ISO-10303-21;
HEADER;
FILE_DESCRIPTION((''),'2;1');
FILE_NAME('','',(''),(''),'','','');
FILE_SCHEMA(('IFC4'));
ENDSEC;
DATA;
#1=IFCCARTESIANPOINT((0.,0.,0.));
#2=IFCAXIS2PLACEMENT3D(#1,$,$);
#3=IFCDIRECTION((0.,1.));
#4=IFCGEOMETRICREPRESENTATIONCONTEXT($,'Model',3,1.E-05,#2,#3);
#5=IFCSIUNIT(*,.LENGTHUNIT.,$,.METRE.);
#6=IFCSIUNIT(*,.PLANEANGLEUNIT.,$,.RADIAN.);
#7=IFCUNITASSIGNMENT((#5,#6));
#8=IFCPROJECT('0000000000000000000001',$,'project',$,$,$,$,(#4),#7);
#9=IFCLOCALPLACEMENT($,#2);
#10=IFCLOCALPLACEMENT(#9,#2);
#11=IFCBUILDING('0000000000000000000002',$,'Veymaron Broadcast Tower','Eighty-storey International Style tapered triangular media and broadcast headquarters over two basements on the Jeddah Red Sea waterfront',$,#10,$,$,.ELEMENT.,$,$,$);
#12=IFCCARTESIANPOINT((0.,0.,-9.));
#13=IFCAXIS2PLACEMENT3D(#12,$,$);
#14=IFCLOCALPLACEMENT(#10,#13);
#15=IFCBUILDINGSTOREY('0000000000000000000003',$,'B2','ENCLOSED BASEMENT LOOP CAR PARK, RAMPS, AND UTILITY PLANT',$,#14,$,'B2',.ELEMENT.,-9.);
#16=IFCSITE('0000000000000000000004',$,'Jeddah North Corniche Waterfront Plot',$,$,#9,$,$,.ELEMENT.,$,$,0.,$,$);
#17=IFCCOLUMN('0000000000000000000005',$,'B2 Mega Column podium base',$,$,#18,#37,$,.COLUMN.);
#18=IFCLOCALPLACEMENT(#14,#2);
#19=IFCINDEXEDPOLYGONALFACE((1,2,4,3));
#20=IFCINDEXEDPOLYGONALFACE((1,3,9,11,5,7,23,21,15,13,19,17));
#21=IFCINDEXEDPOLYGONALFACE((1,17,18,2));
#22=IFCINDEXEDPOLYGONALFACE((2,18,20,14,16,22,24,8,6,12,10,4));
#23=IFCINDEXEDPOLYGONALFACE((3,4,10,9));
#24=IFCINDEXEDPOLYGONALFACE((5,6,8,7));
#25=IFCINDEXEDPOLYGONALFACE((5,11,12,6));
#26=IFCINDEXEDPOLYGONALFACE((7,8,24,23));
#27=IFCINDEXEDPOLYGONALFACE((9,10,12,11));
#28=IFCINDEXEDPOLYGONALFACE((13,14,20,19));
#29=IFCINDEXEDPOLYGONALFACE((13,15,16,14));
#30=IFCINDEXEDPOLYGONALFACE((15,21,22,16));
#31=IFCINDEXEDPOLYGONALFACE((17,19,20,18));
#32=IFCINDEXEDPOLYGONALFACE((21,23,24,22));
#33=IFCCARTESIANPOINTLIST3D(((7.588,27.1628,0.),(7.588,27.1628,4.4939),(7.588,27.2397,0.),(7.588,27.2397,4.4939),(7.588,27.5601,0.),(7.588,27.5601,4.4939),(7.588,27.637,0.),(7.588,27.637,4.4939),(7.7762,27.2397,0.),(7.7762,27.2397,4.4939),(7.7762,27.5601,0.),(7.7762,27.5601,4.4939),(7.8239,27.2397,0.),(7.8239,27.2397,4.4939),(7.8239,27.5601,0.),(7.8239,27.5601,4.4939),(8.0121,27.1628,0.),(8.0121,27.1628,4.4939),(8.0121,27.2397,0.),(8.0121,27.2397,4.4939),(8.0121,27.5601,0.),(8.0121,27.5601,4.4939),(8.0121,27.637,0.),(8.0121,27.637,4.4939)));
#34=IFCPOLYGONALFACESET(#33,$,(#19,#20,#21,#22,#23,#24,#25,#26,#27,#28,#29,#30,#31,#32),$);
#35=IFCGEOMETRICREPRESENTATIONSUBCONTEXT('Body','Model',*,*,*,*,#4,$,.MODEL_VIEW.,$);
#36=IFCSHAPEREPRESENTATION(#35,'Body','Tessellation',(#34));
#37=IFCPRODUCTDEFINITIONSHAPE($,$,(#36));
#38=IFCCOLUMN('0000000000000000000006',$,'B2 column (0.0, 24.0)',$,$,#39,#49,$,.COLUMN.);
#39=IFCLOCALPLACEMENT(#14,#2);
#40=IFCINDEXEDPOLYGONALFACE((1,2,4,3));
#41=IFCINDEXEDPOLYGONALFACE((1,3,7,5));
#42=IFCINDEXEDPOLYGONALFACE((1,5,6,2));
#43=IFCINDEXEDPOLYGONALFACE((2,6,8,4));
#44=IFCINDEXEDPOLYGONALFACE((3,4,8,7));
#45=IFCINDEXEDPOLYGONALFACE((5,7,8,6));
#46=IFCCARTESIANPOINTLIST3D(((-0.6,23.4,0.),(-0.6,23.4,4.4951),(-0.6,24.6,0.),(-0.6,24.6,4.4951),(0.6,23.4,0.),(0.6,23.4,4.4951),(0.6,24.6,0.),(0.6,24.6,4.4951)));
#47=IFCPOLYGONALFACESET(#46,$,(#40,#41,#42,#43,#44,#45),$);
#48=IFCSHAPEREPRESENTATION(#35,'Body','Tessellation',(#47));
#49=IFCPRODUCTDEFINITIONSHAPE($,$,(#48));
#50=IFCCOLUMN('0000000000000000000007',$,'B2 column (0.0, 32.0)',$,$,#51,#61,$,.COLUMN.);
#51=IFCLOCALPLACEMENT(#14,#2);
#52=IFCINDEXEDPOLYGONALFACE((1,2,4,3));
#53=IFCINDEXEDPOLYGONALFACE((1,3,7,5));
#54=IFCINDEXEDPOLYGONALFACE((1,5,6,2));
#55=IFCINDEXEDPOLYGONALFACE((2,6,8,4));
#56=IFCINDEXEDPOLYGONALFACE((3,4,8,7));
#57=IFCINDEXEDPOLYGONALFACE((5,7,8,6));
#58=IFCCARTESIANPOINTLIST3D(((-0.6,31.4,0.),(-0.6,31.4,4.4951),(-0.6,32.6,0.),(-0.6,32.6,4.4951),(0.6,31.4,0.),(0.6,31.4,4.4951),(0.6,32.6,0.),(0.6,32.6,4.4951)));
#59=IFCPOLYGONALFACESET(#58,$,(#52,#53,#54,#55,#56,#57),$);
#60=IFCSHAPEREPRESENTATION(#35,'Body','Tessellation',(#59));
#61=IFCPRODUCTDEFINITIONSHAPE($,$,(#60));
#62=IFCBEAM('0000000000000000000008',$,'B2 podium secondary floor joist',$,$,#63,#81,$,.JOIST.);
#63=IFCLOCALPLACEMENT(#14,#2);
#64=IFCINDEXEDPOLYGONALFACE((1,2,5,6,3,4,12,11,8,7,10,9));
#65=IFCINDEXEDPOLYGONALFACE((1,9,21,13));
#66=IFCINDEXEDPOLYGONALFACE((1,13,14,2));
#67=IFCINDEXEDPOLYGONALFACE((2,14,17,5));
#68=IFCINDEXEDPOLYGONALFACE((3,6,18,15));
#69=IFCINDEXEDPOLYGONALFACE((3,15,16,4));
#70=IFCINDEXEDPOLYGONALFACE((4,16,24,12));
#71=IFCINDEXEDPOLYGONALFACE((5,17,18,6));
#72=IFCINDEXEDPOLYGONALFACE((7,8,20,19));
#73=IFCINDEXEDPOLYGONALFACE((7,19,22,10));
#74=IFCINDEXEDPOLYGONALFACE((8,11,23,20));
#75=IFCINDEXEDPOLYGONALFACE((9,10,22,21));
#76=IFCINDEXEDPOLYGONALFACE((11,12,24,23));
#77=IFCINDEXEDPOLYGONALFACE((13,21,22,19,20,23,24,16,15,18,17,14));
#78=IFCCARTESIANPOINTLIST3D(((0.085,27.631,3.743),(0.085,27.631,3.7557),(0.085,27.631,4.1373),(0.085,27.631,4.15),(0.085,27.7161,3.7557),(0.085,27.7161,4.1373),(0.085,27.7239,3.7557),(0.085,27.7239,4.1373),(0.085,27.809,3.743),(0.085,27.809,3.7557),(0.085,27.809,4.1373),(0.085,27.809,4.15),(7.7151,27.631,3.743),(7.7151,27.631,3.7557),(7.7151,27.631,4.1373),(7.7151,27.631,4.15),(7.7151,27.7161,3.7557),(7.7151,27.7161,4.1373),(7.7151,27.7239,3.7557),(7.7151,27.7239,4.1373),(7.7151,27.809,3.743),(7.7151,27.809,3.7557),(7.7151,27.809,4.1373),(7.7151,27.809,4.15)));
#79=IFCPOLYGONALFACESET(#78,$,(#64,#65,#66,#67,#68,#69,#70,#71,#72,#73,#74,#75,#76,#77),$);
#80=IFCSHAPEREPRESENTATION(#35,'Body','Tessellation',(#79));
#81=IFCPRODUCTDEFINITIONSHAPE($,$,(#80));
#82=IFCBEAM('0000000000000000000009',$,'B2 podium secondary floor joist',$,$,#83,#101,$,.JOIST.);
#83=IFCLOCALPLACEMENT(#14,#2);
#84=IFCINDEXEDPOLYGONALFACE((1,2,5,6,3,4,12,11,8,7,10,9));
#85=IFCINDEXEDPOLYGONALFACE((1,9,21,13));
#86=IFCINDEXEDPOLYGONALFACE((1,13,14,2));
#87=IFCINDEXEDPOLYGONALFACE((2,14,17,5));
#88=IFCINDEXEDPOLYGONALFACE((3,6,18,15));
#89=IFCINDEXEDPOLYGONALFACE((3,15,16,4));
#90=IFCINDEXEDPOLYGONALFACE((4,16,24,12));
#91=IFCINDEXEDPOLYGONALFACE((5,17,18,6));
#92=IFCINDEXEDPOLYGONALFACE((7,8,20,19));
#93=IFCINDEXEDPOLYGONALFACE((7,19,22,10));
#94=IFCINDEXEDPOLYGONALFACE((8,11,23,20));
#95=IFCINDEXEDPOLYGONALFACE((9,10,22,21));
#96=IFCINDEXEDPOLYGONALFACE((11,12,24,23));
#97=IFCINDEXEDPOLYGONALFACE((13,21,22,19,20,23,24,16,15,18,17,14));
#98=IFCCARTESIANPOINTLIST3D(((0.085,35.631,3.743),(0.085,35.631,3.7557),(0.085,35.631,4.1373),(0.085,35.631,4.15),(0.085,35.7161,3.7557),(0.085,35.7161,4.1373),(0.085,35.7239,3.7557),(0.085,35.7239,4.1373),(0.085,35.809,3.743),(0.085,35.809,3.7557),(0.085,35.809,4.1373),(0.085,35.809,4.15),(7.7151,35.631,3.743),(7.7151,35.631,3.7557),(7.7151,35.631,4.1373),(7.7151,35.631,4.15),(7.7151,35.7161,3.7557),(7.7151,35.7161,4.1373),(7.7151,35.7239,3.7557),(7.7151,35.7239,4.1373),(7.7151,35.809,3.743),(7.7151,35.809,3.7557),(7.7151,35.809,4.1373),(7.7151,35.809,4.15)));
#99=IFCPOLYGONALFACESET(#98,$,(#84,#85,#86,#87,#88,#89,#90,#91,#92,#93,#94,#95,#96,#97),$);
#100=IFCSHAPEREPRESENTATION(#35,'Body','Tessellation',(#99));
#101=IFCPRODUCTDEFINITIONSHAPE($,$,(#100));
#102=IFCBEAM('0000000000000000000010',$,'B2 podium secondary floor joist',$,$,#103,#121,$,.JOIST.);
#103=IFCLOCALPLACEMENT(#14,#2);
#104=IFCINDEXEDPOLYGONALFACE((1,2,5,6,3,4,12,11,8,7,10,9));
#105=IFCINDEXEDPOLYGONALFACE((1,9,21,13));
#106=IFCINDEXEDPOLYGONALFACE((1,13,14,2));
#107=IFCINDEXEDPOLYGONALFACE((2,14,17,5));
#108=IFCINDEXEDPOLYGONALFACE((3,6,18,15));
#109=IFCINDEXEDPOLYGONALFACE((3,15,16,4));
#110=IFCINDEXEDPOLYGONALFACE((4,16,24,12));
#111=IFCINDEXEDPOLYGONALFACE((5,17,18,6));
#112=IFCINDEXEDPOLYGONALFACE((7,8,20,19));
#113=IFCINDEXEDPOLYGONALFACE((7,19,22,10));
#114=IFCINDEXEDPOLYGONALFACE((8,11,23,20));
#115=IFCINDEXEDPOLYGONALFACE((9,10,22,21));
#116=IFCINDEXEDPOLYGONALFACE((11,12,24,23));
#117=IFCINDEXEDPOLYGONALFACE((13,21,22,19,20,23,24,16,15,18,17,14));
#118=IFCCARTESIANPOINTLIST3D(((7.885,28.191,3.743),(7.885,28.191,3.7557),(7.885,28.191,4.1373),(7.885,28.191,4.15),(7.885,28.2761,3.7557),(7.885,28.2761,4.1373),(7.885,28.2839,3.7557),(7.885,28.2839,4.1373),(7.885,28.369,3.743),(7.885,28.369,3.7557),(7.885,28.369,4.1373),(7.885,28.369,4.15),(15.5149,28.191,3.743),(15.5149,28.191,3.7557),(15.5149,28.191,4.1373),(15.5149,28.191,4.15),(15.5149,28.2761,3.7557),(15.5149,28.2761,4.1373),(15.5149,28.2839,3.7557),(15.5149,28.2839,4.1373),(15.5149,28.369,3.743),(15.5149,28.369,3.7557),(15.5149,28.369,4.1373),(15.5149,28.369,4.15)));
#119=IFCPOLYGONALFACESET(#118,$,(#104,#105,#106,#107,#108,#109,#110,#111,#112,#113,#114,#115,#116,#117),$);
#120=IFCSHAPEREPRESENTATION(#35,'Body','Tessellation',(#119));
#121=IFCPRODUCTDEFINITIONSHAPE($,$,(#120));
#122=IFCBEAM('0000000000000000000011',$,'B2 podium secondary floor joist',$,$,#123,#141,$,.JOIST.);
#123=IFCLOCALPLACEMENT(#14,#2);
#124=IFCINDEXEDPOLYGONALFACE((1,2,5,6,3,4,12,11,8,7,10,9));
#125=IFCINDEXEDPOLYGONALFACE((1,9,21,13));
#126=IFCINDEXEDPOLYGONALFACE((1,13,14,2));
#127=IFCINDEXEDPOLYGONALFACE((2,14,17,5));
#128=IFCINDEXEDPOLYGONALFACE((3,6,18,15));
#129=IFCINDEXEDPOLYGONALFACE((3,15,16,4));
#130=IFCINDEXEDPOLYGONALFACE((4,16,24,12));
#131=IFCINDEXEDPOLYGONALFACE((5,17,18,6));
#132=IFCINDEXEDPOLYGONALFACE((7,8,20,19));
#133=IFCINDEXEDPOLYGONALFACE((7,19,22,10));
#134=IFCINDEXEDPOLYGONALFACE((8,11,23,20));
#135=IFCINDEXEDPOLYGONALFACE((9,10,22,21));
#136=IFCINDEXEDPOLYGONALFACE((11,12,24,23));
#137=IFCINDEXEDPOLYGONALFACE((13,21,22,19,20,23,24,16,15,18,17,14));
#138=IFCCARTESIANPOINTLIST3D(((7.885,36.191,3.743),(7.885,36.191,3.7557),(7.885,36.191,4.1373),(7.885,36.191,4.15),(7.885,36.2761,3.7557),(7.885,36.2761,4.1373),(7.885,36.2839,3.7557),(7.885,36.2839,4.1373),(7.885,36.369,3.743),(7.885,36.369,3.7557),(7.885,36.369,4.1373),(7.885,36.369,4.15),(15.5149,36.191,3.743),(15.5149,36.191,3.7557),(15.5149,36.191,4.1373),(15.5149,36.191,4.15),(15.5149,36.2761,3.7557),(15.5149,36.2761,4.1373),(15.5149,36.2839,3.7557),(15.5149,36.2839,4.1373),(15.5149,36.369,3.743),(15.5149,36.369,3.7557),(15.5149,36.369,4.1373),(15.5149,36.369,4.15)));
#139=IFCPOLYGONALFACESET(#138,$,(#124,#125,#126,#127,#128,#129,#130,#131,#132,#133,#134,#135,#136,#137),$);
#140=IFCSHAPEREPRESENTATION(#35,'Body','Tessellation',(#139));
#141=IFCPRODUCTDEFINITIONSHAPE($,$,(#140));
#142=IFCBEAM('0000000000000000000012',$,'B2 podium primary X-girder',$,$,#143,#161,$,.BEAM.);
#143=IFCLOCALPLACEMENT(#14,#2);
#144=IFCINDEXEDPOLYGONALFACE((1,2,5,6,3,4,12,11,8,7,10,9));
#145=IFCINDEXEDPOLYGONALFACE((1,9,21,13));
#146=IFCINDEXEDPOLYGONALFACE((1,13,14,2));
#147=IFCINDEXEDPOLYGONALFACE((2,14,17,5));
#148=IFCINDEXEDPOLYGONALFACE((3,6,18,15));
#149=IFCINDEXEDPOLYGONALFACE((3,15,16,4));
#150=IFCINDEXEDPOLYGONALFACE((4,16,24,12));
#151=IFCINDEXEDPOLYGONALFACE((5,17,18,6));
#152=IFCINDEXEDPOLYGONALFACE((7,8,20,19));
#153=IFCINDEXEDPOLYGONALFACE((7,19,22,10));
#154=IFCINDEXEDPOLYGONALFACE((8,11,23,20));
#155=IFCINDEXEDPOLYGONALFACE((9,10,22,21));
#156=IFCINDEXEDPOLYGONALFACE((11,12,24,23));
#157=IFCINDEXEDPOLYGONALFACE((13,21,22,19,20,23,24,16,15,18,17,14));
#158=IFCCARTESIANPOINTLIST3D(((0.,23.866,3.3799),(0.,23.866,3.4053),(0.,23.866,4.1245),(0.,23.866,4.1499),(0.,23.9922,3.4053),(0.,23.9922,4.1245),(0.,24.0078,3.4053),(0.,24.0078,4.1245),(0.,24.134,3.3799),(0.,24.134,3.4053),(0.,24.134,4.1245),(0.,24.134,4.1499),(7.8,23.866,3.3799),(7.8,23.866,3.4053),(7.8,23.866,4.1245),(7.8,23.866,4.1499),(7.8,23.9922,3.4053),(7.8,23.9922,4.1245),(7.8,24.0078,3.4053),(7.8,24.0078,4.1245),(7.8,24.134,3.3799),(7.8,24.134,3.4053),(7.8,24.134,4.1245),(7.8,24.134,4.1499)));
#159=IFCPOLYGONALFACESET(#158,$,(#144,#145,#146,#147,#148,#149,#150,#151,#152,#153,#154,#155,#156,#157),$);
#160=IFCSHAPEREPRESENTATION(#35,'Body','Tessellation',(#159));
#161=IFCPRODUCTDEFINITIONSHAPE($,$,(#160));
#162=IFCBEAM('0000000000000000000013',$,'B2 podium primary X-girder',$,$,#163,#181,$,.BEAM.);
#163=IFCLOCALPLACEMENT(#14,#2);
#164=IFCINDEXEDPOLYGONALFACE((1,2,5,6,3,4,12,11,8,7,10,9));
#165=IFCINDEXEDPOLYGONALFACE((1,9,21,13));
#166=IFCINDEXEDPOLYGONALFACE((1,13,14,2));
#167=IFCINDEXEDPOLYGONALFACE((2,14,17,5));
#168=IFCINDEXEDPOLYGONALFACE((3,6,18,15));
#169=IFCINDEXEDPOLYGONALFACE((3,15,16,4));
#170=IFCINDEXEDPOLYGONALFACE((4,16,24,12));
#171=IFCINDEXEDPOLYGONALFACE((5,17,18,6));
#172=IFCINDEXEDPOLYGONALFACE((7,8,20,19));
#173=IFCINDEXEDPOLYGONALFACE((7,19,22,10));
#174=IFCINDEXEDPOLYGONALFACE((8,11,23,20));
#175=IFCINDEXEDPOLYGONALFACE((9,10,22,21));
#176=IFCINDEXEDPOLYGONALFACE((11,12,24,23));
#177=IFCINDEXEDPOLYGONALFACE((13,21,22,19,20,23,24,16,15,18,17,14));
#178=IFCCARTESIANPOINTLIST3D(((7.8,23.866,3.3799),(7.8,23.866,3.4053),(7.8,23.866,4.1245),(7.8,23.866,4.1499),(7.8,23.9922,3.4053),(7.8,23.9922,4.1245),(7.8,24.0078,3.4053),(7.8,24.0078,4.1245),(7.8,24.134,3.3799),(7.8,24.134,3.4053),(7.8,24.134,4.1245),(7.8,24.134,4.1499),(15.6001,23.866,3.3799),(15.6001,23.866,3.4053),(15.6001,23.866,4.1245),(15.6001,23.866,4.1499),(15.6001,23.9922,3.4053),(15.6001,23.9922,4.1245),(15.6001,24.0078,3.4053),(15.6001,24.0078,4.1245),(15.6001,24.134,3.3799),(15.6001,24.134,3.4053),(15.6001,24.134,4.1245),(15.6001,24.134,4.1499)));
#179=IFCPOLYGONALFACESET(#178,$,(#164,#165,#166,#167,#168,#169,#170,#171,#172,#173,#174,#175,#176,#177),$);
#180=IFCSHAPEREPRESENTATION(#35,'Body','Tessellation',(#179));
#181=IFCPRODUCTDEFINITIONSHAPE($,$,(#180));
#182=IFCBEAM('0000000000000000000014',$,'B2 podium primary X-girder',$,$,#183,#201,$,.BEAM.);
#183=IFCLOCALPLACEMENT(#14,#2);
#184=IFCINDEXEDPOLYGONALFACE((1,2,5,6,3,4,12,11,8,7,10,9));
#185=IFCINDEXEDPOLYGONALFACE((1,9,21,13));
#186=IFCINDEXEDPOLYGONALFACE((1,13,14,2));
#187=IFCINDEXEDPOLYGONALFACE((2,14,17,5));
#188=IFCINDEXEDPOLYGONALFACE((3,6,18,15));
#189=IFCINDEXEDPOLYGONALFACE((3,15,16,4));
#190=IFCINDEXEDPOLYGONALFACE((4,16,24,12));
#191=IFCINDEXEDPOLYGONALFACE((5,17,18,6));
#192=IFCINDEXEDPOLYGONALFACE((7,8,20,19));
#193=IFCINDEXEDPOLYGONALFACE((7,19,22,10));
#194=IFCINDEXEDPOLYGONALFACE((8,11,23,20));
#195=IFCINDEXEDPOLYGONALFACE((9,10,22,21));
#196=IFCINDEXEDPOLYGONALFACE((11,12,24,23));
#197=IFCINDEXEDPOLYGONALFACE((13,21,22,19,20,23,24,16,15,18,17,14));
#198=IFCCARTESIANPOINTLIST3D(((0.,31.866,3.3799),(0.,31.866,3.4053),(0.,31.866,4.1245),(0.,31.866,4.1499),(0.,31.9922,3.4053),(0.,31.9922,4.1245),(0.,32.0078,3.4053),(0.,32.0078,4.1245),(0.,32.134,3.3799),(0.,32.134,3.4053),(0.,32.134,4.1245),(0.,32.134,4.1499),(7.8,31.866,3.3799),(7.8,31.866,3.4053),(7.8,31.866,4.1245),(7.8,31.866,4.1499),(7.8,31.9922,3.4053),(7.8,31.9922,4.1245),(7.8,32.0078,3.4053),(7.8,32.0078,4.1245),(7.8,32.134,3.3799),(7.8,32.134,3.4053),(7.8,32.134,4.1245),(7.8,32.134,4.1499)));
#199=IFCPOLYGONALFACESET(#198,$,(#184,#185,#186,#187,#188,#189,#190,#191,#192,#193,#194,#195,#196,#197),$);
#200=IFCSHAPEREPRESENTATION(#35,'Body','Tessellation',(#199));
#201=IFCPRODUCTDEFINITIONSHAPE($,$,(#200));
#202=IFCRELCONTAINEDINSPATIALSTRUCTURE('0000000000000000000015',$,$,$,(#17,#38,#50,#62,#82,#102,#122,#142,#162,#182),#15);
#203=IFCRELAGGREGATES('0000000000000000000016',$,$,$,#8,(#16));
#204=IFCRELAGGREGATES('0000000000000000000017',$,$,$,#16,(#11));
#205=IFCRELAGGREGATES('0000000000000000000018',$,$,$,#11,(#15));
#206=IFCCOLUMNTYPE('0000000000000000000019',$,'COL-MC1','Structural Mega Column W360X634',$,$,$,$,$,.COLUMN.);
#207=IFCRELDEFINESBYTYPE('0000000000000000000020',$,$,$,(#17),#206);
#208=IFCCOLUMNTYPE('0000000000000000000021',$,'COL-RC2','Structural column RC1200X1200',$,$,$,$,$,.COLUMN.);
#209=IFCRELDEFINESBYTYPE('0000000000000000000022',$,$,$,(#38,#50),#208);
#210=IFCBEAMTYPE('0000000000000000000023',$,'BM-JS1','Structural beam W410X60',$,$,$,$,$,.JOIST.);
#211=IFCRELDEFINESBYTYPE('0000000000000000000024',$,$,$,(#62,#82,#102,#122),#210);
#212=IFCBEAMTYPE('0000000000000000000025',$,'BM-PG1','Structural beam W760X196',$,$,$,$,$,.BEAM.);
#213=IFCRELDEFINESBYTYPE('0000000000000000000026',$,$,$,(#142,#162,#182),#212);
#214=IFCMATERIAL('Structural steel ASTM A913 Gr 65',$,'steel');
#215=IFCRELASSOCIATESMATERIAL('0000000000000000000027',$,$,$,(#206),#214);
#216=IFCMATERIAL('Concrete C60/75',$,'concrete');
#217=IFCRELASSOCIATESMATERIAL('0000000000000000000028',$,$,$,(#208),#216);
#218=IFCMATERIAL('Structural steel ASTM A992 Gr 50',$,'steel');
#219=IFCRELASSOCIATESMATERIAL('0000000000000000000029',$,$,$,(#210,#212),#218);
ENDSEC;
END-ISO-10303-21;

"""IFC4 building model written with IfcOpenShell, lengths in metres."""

from ifc_helpers import new_model, si_unit, direction, frame, origin, origin_2d, place, context, subcontext, project, spatial, rectangle, i_section, extrude, material, material_profile, profile_set, type_object, element, save


model = new_model("IFC4")

# Units and contexts
model_context = context("Model", 3, precision=1e-05, world=origin(), true_north=direction((0.0, 1.0)))
body_context = subcontext(model_context, "Body", "Model", "MODEL_VIEW")
ifc_project = project(units=[si_unit("LENGTHUNIT", "METRE"), si_unit("PLANEANGLEUNIT", "RADIAN")], contexts=[model_context])

# Site, building, storey
site_placement = place(None, origin())
site = spatial("IfcSite", under=ifc_project, at=site_placement, Name="Jeddah North Corniche Waterfront Plot", CompositionType="ELEMENT", RefElevation=0.0)
building_placement = place(site_placement, origin())
building = spatial("IfcBuilding", under=site, at=building_placement, Name="Veymaron Broadcast Tower", Description="Eighty-storey International Style tapered triangular media and broadcast headquarters over two basements on the Jeddah Red Sea waterfront", CompositionType="ELEMENT")
storey_placement = place(building_placement, frame((0.0, 0.0, -9.0)))
storey = spatial("IfcBuildingStorey", under=building, at=storey_placement, Name="B2", Description="ENCLOSED BASEMENT LOOP CAR PARK, RAMPS, AND UTILITY PLANT", LongName="B2", CompositionType="ELEMENT", Elevation=-9.0)

# Columns
ifc_material_1 = material(Name="Structural steel ASTM A913 Gr 65", Category="steel")
ifc_material_profile_1 = material_profile(ifc_material_1, i_section(OverallWidth=0.4241, OverallDepth=0.4741, WebThickness=0.0476, FlangeThickness=0.0769, at=origin_2d()), Name="W360X634")
ifc_profile_set_1 = profile_set([ifc_material_profile_1], Name="Structural steel ASTM A913 Gr 65")
column_type_1 = type_object("IfcColumnType", Name="COL-MC1", Description="Structural Mega Column W360X634", PredefinedType="COLUMN", material=ifc_profile_set_1)
column_placement = place(storey_placement, frame((7.8, 27.3999, 0.0), z_axis=(0.0, 0.0, 1.0), x_axis=(1.0, 0.0, 0.0)))
element("IfcColumn", 1, at=column_placement, inside=storey, type_object=column_type_1, Name="B2 Mega Column podium base", PredefinedType="COLUMN", context=body_context, shape_type="SweptSolid", body=[
    extrude(i_section(OverallWidth=0.4241, OverallDepth=0.4741, WebThickness=0.0476, FlangeThickness=0.0769, at=origin_2d()), origin(), (0.0, 0.0, 1.0), 4.4939),
])
ifc_material_2 = material(Name="Concrete C60/75", Category="concrete")
ifc_material_profile_2 = material_profile(ifc_material_2, rectangle(XDim=1.2, YDim=1.2, at=origin_2d()), Name="RC1200X1200")
ifc_profile_set_2 = profile_set([ifc_material_profile_2], Name="Concrete C60/75")
column_type_2 = type_object("IfcColumnType", Name="COL-RC2", Description="Structural column RC1200X1200", PredefinedType="COLUMN", material=ifc_profile_set_2)
for number, where, z_axis, x_axis, name in (
    (2, (0.0, 24.0, 0.0), (0.0, 0.0, 1.0), (1.0, 0.0, 0.0), "B2 column (0.0, 24.0)"),
    (3, (0.0, 32.0, 0.0), (0.0, 0.0, 1.0), (1.0, 0.0, 0.0), "B2 column (0.0, 32.0)"),
):
    element("IfcColumn", number, at=place(storey_placement, frame(where, z_axis=z_axis, x_axis=x_axis)), inside=storey, type_object=column_type_2, Name=name, PredefinedType="COLUMN", context=body_context, shape_type="SweptSolid", body=[
        extrude(rectangle(XDim=1.2, YDim=1.2, at=origin_2d()), origin(), (0.0, 0.0, 1.0), 4.4951),
    ])

# Beams
ifc_material_3 = material(Name="Structural steel ASTM A992 Gr 50", Category="steel")
ifc_material_profile_3 = material_profile(ifc_material_3, i_section(OverallWidth=0.178, OverallDepth=0.407, WebThickness=0.0078, FlangeThickness=0.0127, at=origin_2d()), Name="W410X60")
ifc_profile_set_3 = profile_set([ifc_material_profile_3], Name="Structural steel ASTM A992 Gr 50")
beam_type_1 = type_object("IfcBeamType", Name="BM-JS1", Description="Structural beam W410X60", PredefinedType="JOIST", material=ifc_profile_set_3)
for number, where, z_axis, x_axis, name in (
    (4, (0.085, 27.72, 3.9465), (1.0, 0.0, 0.0), (0.0, 1.0, 0.0), "B2 podium secondary floor joist"),
    (5, (0.085, 35.72, 3.9465), (1.0, 0.0, 0.0), (0.0, 1.0, 0.0), "B2 podium secondary floor joist"),
):
    element("IfcBeam", number, at=place(storey_placement, frame(where, z_axis=z_axis, x_axis=x_axis)), inside=storey, type_object=beam_type_1, Name=name, PredefinedType="JOIST", context=body_context, shape_type="SweptSolid", body=[
        extrude(i_section(OverallWidth=0.178, OverallDepth=0.407, WebThickness=0.0078, FlangeThickness=0.0127, at=origin_2d()), origin(), (0.0, 0.0, 1.0), 7.6301),
    ])
for number, where, z_axis, x_axis, name in (
    (6, (7.885, 28.28, 3.9465), (1.0, 0.0, 0.0), (0.0, 1.0, 0.0), "B2 podium secondary floor joist"),
    (7, (7.885, 36.28, 3.9465), (1.0, 0.0, 0.0), (0.0, 1.0, 0.0), "B2 podium secondary floor joist"),
):
    element("IfcBeam", number, at=place(storey_placement, frame(where, z_axis=z_axis, x_axis=x_axis)), inside=storey, type_object=beam_type_1, Name=name, PredefinedType="JOIST", context=body_context, shape_type="SweptSolid", body=[
        extrude(i_section(OverallWidth=0.178, OverallDepth=0.407, WebThickness=0.0078, FlangeThickness=0.0127, at=origin_2d()), origin(), (0.0, 0.0, 1.0), 7.6299),
    ])
ifc_material_profile_4 = material_profile(ifc_material_3, i_section(OverallWidth=0.2681, OverallDepth=0.77, WebThickness=0.0156, FlangeThickness=0.0254, at=origin_2d()), Name="W760X196")
ifc_profile_set_4 = profile_set([ifc_material_profile_4], Name="Structural steel ASTM A992 Gr 50")
beam_type_2 = type_object("IfcBeamType", Name="BM-PG1", Description="Structural beam W760X196", PredefinedType="BEAM", material=ifc_profile_set_4)
for number, where, z_axis, x_axis, name in (
    (8, (0.0, 24.0, 3.7649), (1.0, 0.0, 0.0), (0.0, 1.0, 0.0), "B2 podium primary X-girder"),
    (9, (7.8, 24.0, 3.7649), (1.0, 0.0, 0.0), (0.0, 1.0, 0.0), "B2 podium primary X-girder"),
    (10, (0.0, 32.0, 3.7649), (1.0, 0.0, 0.0), (0.0, 1.0, 0.0), "B2 podium primary X-girder"),
):
    element("IfcBeam", number, at=place(storey_placement, frame(where, z_axis=z_axis, x_axis=x_axis)), inside=storey, type_object=beam_type_2, Name=name, PredefinedType="BEAM", context=body_context, shape_type="SweptSolid", body=[
        extrude(i_section(OverallWidth=0.2681, OverallDepth=0.77, WebThickness=0.0156, FlangeThickness=0.0254, at=origin_2d()), origin(), (0.0, 0.0, 1.0), 7.8),
    ])

save(model, "model.ifc")
